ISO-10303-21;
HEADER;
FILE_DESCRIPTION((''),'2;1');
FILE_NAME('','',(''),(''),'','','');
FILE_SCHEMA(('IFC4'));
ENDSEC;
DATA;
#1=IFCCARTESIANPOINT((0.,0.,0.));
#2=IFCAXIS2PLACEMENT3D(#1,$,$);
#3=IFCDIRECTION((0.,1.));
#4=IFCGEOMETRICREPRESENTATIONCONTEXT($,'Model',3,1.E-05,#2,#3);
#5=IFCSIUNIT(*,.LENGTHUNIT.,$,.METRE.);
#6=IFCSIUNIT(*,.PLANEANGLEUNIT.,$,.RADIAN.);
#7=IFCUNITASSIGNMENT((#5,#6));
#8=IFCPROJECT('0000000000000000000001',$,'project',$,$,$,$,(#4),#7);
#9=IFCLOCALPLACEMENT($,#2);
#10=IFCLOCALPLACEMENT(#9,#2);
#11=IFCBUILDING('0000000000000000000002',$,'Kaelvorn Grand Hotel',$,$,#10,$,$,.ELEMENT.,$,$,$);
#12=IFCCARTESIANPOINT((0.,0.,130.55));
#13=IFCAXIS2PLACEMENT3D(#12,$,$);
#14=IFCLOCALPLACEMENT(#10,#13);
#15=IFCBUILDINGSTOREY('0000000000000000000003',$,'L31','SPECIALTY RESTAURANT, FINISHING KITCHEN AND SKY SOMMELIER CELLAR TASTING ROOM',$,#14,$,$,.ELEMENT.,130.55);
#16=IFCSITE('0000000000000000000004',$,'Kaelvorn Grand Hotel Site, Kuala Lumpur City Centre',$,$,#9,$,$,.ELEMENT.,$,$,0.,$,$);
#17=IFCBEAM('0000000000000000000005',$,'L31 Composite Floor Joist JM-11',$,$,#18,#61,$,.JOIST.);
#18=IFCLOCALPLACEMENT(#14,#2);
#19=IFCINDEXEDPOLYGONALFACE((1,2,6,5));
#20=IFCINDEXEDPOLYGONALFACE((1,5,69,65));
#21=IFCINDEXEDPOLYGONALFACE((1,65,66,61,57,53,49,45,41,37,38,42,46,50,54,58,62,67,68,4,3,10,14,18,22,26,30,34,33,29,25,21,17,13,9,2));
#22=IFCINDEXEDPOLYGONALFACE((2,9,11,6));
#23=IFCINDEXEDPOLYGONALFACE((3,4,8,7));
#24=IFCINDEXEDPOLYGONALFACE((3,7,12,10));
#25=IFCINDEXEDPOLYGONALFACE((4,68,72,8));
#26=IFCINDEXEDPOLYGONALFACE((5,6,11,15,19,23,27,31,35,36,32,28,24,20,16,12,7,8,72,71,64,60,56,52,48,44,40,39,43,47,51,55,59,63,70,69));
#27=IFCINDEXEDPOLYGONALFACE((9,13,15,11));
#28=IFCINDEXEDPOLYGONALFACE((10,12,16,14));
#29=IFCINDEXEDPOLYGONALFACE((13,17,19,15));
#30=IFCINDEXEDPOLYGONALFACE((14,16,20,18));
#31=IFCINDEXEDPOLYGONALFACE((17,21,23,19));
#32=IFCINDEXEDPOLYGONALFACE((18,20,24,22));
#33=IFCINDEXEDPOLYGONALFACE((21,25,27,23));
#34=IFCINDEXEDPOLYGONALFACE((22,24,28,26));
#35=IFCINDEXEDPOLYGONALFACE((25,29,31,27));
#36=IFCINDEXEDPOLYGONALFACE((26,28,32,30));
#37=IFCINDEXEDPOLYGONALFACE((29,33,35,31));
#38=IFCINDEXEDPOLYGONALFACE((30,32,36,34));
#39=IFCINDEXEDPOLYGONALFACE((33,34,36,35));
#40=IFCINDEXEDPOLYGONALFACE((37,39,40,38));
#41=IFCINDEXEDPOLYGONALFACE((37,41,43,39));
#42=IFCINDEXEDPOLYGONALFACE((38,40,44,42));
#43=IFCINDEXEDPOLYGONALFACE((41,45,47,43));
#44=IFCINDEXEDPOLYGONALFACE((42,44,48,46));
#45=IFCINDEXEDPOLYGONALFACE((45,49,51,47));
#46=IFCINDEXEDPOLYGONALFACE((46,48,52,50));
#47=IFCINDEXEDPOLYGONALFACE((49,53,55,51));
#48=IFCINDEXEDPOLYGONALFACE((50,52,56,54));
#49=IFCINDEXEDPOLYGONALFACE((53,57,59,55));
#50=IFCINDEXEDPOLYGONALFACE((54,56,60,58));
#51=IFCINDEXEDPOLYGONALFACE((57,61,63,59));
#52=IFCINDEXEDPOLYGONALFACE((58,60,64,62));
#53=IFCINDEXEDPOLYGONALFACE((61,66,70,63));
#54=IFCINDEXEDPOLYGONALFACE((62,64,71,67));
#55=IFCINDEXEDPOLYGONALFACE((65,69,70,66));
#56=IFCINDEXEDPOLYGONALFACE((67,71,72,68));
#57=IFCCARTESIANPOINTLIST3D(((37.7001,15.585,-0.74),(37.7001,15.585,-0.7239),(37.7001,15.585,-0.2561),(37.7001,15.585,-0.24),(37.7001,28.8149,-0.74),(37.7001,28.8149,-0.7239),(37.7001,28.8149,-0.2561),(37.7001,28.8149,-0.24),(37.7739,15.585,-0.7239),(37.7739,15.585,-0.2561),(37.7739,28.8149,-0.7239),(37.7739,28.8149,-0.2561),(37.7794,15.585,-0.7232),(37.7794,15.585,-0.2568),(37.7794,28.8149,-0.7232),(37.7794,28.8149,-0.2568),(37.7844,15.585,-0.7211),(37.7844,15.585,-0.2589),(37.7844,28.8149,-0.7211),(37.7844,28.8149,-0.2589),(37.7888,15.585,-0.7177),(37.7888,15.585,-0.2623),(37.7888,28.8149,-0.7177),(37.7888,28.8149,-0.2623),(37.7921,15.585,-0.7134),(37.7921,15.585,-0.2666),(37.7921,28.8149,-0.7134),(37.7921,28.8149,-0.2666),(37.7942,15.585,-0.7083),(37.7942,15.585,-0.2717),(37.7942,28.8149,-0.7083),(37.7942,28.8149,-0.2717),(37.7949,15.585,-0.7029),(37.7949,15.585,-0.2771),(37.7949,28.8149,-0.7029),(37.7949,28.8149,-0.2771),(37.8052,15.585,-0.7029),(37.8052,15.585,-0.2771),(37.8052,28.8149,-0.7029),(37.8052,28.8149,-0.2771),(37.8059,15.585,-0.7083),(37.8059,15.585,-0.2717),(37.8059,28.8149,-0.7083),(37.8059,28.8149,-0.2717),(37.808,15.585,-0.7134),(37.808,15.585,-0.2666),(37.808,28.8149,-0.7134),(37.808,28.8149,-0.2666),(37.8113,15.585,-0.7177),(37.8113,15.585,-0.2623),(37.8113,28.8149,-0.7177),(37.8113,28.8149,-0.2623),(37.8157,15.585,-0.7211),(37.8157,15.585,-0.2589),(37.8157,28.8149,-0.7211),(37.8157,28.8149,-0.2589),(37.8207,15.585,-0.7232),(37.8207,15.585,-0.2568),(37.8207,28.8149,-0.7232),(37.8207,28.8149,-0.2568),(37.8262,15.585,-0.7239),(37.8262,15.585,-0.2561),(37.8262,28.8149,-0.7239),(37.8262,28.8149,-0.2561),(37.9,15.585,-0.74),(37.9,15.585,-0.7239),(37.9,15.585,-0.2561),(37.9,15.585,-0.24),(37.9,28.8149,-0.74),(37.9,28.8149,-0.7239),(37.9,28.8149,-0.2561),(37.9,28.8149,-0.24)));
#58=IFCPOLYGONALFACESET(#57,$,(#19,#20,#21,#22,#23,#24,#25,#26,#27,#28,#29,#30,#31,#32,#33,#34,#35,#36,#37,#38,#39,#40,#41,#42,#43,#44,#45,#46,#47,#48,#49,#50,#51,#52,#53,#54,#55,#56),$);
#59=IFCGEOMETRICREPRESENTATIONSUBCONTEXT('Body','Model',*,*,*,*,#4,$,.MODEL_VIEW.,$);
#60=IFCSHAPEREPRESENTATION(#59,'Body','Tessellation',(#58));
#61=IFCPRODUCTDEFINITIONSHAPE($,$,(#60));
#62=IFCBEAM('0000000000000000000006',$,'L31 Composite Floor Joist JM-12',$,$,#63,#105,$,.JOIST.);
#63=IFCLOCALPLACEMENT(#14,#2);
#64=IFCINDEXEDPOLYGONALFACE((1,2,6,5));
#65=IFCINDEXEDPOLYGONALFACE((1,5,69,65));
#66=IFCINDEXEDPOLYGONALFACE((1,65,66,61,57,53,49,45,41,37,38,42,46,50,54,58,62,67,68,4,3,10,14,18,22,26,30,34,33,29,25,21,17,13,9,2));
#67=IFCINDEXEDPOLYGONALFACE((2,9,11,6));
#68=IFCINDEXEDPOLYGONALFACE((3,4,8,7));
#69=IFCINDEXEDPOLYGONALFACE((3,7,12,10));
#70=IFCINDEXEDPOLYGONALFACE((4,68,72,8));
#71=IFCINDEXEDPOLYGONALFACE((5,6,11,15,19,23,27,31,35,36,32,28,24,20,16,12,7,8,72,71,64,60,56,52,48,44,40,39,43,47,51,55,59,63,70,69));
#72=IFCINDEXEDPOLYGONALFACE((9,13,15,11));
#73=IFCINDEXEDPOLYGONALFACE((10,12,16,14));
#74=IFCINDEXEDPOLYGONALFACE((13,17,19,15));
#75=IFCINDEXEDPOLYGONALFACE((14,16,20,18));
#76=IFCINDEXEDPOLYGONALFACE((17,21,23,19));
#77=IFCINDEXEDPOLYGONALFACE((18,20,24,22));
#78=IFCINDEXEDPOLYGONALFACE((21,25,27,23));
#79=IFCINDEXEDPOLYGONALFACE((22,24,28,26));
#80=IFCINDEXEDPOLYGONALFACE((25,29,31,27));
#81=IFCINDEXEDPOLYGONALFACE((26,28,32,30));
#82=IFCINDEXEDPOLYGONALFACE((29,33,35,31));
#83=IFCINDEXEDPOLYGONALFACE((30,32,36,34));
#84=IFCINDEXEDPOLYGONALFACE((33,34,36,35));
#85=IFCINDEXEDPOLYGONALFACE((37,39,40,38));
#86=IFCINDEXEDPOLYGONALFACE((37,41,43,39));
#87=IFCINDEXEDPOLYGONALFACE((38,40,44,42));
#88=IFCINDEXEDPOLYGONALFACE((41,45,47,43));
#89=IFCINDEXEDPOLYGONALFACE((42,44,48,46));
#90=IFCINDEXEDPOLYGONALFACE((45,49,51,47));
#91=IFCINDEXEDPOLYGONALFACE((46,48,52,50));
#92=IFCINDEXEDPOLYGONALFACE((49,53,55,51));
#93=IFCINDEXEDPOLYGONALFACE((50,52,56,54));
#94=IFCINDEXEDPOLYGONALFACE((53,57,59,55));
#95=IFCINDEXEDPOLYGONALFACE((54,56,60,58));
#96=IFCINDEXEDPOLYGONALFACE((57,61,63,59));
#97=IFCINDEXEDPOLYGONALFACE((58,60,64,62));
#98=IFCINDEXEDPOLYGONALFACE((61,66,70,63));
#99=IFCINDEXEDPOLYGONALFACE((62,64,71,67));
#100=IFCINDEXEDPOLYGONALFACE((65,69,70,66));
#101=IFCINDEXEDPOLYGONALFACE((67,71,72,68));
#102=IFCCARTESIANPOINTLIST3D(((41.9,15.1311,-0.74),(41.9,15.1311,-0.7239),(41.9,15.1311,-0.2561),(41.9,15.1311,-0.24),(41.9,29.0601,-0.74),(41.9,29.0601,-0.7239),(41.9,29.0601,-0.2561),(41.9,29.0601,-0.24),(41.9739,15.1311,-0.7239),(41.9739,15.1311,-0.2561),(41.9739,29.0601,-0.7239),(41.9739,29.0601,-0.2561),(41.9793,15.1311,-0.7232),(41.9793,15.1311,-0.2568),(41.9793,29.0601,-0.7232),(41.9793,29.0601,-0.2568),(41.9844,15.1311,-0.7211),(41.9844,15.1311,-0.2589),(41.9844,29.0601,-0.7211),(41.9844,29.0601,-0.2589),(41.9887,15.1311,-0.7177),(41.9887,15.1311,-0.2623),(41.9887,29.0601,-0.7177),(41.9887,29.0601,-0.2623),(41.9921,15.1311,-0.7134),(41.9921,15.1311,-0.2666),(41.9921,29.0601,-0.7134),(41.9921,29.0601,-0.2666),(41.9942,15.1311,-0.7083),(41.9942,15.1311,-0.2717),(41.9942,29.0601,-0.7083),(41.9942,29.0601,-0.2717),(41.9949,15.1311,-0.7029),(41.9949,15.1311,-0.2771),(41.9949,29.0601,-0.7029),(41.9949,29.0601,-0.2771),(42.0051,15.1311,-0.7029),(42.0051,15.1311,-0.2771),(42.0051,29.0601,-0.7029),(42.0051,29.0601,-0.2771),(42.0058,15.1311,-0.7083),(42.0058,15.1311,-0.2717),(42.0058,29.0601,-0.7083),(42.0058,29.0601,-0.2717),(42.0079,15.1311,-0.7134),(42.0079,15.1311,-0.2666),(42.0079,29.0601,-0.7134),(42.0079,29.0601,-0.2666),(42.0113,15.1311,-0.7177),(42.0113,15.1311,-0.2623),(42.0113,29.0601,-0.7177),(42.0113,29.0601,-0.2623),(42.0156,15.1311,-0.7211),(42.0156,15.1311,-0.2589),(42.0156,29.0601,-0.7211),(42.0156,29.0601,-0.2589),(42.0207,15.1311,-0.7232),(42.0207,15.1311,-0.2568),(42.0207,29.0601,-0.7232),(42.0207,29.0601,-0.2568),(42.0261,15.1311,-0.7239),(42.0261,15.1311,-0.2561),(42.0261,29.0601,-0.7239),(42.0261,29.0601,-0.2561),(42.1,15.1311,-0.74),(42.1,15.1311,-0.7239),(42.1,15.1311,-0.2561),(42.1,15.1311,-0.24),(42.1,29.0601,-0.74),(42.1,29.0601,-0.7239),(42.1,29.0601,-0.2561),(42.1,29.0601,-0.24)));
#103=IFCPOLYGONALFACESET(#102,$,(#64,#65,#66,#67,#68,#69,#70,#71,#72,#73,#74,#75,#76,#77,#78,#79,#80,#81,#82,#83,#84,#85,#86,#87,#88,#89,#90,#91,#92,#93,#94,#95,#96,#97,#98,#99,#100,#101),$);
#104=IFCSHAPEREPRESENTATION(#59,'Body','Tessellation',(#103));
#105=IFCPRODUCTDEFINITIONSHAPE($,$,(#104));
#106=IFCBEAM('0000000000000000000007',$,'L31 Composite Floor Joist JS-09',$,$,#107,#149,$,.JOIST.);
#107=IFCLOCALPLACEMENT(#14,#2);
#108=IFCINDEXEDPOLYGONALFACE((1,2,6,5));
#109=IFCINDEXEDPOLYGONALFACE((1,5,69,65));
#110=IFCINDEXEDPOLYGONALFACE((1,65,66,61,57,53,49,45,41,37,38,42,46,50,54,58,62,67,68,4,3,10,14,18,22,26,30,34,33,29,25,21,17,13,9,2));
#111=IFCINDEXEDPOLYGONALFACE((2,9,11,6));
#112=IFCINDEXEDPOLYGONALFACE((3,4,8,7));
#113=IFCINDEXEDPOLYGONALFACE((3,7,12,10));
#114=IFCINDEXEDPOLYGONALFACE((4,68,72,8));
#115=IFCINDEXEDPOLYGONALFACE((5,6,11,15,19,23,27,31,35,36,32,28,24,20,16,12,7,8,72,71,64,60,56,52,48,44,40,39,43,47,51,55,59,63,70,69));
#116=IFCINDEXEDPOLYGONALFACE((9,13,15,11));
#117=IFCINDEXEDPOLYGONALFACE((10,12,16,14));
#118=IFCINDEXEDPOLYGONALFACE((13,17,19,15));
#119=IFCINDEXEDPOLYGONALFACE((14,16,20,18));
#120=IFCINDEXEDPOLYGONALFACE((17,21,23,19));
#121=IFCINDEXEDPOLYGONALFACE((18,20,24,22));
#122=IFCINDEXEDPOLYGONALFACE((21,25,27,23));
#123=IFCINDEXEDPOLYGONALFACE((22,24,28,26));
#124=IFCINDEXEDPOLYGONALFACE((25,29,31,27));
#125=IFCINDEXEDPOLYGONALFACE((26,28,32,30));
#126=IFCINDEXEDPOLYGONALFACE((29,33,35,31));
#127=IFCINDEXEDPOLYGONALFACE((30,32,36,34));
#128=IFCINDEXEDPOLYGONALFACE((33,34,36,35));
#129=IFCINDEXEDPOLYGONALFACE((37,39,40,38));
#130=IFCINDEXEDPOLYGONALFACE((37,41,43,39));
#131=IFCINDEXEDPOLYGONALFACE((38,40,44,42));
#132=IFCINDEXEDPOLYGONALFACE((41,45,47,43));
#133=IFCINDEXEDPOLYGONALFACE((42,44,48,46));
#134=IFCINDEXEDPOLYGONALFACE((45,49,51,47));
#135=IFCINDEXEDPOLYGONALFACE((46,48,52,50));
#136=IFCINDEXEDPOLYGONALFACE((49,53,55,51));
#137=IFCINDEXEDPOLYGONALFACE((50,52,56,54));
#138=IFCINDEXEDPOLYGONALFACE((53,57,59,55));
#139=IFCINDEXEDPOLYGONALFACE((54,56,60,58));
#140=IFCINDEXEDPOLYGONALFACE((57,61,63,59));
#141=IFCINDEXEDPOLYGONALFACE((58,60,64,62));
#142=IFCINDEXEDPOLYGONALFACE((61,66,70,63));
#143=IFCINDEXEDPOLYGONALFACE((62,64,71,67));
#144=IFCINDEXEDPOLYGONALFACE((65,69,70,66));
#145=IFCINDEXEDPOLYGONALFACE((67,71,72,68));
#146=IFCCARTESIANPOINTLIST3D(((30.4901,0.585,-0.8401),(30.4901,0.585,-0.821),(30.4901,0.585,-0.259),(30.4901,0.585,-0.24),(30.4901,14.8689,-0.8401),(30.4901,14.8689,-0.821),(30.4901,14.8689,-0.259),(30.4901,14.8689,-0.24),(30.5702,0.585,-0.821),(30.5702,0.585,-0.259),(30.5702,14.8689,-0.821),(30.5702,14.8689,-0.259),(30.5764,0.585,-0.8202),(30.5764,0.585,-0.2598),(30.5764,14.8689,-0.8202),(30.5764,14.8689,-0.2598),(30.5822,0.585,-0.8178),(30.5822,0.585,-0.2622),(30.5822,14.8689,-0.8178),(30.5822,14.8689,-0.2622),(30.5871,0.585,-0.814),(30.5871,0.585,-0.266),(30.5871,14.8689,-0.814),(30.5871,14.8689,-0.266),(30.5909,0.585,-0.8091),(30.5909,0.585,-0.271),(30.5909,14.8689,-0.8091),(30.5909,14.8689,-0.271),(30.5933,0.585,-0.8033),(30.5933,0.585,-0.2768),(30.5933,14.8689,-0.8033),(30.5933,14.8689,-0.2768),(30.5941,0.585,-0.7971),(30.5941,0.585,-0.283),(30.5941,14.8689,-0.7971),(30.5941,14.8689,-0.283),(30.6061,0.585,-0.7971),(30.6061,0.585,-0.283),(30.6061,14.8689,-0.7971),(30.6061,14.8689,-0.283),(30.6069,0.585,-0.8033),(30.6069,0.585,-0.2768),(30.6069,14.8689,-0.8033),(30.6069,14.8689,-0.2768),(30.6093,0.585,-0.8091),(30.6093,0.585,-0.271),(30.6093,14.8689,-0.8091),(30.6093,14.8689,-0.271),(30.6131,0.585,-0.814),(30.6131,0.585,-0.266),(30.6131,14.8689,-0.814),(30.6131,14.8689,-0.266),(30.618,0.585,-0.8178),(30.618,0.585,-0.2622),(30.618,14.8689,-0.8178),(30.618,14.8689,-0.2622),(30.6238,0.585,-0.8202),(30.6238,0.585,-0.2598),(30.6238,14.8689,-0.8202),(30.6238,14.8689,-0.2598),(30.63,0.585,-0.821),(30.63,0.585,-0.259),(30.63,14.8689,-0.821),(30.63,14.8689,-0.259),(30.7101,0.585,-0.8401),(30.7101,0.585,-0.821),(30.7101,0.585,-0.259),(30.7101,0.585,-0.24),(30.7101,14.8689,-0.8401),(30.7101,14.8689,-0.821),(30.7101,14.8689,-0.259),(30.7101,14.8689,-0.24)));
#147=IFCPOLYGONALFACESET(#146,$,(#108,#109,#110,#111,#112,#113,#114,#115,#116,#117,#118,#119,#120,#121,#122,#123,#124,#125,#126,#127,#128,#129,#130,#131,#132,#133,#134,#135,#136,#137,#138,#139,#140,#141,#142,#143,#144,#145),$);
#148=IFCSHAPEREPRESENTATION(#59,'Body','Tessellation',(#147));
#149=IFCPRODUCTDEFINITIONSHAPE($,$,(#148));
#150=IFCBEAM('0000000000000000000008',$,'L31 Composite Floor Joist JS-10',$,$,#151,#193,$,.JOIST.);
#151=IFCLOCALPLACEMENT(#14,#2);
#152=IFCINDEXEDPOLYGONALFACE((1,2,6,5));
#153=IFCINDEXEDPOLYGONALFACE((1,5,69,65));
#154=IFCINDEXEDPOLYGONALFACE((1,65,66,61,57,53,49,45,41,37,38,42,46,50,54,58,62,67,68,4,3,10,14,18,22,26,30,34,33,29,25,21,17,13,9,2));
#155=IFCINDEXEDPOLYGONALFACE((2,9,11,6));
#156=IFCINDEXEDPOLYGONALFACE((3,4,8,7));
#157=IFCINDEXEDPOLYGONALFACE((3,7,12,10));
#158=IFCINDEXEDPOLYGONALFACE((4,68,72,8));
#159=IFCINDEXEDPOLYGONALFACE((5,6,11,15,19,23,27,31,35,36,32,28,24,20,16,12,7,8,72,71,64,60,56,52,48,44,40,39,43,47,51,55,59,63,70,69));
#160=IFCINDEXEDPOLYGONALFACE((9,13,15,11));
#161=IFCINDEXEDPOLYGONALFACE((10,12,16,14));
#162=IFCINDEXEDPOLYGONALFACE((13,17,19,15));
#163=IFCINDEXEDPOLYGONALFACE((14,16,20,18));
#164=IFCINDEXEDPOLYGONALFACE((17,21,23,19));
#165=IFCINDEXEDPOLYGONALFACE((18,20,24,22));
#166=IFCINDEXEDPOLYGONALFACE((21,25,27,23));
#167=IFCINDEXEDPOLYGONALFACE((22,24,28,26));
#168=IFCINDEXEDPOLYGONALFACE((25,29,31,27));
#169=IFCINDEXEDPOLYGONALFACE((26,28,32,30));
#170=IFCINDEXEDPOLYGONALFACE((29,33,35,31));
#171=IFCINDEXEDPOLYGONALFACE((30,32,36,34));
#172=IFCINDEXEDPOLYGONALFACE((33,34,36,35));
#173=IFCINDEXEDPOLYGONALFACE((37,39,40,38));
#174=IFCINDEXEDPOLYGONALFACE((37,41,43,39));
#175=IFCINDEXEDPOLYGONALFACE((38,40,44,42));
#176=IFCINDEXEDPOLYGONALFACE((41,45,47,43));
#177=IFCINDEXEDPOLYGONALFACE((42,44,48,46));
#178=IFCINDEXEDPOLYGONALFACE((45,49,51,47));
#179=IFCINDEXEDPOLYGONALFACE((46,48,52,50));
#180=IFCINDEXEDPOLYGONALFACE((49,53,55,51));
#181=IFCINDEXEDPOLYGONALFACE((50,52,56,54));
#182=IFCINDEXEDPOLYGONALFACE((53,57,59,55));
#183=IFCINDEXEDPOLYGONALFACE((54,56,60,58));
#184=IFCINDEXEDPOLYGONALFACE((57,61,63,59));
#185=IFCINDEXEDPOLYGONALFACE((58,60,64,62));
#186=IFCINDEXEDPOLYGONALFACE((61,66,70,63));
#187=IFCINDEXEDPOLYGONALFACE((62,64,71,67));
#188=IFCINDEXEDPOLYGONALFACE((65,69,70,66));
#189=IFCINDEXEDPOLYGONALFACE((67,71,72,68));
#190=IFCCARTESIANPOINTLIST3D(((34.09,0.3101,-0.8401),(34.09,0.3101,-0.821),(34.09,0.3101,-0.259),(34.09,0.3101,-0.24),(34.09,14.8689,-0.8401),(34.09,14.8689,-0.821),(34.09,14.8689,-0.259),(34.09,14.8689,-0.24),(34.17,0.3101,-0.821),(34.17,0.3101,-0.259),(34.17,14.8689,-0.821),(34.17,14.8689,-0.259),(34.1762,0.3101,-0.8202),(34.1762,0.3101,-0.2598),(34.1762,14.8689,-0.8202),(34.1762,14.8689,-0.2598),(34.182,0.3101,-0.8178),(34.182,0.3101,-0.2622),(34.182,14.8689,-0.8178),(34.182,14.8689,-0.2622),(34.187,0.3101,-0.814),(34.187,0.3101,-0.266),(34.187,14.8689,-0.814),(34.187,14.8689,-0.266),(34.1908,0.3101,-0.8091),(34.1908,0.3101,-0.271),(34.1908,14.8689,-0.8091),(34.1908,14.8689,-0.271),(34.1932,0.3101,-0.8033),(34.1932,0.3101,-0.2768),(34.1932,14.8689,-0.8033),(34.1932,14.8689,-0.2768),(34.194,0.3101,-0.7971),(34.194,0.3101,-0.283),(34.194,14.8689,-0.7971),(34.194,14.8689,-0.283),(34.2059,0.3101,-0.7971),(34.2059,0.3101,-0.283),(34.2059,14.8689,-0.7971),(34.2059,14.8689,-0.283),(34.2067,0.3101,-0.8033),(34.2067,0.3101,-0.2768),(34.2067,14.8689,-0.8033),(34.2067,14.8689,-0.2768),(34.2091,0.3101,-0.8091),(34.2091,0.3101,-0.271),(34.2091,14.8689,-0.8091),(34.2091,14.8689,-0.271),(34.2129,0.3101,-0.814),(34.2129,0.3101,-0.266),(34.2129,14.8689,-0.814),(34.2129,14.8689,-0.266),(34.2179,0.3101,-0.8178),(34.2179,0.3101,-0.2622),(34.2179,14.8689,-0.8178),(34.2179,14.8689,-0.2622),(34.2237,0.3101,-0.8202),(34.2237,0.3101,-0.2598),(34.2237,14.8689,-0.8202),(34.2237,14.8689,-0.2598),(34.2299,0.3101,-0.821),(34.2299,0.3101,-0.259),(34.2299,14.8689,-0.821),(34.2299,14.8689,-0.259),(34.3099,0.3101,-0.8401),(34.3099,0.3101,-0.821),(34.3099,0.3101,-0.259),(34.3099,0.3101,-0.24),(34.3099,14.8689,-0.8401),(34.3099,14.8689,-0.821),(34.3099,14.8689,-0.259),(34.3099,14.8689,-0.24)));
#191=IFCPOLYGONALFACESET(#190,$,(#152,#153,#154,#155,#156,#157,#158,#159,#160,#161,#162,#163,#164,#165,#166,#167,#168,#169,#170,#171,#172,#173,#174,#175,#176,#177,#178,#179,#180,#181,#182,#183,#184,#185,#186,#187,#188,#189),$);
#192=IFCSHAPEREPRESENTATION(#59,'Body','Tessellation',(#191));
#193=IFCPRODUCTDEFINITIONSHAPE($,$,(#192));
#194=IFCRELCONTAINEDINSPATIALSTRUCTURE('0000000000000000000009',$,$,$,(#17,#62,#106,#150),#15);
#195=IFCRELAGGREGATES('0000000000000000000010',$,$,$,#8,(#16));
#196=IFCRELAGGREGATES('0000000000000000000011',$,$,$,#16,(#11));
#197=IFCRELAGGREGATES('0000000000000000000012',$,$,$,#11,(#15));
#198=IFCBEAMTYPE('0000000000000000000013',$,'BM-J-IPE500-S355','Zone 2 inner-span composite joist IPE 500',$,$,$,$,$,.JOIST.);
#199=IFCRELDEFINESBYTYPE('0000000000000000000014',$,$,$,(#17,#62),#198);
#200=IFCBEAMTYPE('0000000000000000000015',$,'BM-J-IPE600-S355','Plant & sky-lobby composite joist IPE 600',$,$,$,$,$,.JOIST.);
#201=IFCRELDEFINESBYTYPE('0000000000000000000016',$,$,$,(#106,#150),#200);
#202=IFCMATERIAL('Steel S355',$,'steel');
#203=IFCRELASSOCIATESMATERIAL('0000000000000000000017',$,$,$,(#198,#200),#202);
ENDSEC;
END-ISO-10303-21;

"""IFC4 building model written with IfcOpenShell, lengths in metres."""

from ifc_helpers import new_model, si_unit, direction, frame, origin, origin_2d, place, context, subcontext, project, spatial, i_section, extrude, material, material_profile, profile_set, type_object, element, save


model = new_model("IFC4")

# Units and contexts
model_context = context("Model", 3, precision=1e-05, world=origin(), true_north=direction((0.0, 1.0)))
body_context = subcontext(model_context, "Body", "Model", "MODEL_VIEW")
ifc_project = project(units=[si_unit("LENGTHUNIT", "METRE"), si_unit("PLANEANGLEUNIT", "RADIAN")], contexts=[model_context])

# Site, building, storey
site_placement = place(None, origin())
site = spatial("IfcSite", under=ifc_project, at=site_placement, Name="Kaelvorn Grand Hotel Site, Kuala Lumpur City Centre", CompositionType="ELEMENT", RefElevation=0.0)
building_placement = place(site_placement, origin())
building = spatial("IfcBuilding", under=site, at=building_placement, Name="Kaelvorn Grand Hotel", CompositionType="ELEMENT")
storey_placement = place(building_placement, frame((0.0, 0.0, 130.55)))
storey = spatial("IfcBuildingStorey", under=building, at=storey_placement, Name="L31", Description="SPECIALTY RESTAURANT, FINISHING KITCHEN AND SKY SOMMELIER CELLAR TASTING ROOM", CompositionType="ELEMENT", Elevation=130.55)

# Beams
ifc_material_1 = material(Name="Steel S355", Category="steel")
ifc_material_profile_1 = material_profile(ifc_material_1, i_section(OverallWidth=0.2, OverallDepth=0.5, WebThickness=0.0103, FlangeThickness=0.0161, FilletRadius=0.021, at=origin_2d()), Name="IPE 500")
ifc_profile_set_1 = profile_set([ifc_material_profile_1], Name="Steel S355")
beam_type_1 = type_object("IfcBeamType", Name="BM-J-IPE500-S355", Description="Zone 2 inner-span composite joist IPE 500", PredefinedType="JOIST", material=ifc_profile_set_1)
beam_1_placement = place(storey_placement, frame((37.8, 15.585, -0.49), z_axis=(0.0, 1.0, 0.0), x_axis=(-1.0, 0.0, 0.0)))
element("IfcBeam", 1, at=beam_1_placement, inside=storey, type_object=beam_type_1, Name="L31 Composite Floor Joist JM-11", PredefinedType="JOIST", context=body_context, shape_type="SweptSolid", body=[
    extrude(i_section(OverallWidth=0.2, OverallDepth=0.5, WebThickness=0.0103, FlangeThickness=0.0161, FilletRadius=0.021, at=origin_2d()), origin(), (0.0, 0.0, 1.0), 13.23),
])
beam_2_placement = place(storey_placement, frame((42.0, 15.1311, -0.49), z_axis=(0.0, 1.0, 0.0), x_axis=(-1.0, 0.0, 0.0)))
element("IfcBeam", 2, at=beam_2_placement, inside=storey, type_object=beam_type_1, Name="L31 Composite Floor Joist JM-12", PredefinedType="JOIST", context=body_context, shape_type="SweptSolid", body=[
    extrude(i_section(OverallWidth=0.2, OverallDepth=0.5, WebThickness=0.0103, FlangeThickness=0.0161, FilletRadius=0.021, at=origin_2d()), origin(), (0.0, 0.0, 1.0), 13.929),
])
ifc_material_profile_2 = material_profile(ifc_material_1, i_section(OverallWidth=0.22, OverallDepth=0.6001, WebThickness=0.012, FlangeThickness=0.019, FilletRadius=0.0239, at=origin_2d()), Name="IPE 600")
ifc_profile_set_2 = profile_set([ifc_material_profile_2], Name="Steel S355")
beam_type_2 = type_object("IfcBeamType", Name="BM-J-IPE600-S355", Description="Plant & sky-lobby composite joist IPE 600", PredefinedType="JOIST", material=ifc_profile_set_2)
beam_3_placement = place(storey_placement, frame((30.6001, 0.585, -0.54), z_axis=(0.0, 1.0, 0.0), x_axis=(-1.0, 0.0, 0.0)))
element("IfcBeam", 3, at=beam_3_placement, inside=storey, type_object=beam_type_2, Name="L31 Composite Floor Joist JS-09", PredefinedType="JOIST", context=body_context, shape_type="SweptSolid", body=[
    extrude(i_section(OverallWidth=0.22, OverallDepth=0.6001, WebThickness=0.012, FlangeThickness=0.019, FilletRadius=0.0239, at=origin_2d()), origin(), (0.0, 0.0, 1.0), 14.2839),
])
beam_4_placement = place(storey_placement, frame((34.2, 0.3101, -0.54), z_axis=(0.0, 1.0, 0.0), x_axis=(-1.0, 0.0, 0.0)))
element("IfcBeam", 4, at=beam_4_placement, inside=storey, type_object=beam_type_2, Name="L31 Composite Floor Joist JS-10", PredefinedType="JOIST", context=body_context, shape_type="SweptSolid", body=[
    extrude(i_section(OverallWidth=0.22, OverallDepth=0.6001, WebThickness=0.012, FlangeThickness=0.019, FilletRadius=0.0239, at=origin_2d()), origin(), (0.0, 0.0, 1.0), 14.5588),
])

save(model, "model.ifc")
